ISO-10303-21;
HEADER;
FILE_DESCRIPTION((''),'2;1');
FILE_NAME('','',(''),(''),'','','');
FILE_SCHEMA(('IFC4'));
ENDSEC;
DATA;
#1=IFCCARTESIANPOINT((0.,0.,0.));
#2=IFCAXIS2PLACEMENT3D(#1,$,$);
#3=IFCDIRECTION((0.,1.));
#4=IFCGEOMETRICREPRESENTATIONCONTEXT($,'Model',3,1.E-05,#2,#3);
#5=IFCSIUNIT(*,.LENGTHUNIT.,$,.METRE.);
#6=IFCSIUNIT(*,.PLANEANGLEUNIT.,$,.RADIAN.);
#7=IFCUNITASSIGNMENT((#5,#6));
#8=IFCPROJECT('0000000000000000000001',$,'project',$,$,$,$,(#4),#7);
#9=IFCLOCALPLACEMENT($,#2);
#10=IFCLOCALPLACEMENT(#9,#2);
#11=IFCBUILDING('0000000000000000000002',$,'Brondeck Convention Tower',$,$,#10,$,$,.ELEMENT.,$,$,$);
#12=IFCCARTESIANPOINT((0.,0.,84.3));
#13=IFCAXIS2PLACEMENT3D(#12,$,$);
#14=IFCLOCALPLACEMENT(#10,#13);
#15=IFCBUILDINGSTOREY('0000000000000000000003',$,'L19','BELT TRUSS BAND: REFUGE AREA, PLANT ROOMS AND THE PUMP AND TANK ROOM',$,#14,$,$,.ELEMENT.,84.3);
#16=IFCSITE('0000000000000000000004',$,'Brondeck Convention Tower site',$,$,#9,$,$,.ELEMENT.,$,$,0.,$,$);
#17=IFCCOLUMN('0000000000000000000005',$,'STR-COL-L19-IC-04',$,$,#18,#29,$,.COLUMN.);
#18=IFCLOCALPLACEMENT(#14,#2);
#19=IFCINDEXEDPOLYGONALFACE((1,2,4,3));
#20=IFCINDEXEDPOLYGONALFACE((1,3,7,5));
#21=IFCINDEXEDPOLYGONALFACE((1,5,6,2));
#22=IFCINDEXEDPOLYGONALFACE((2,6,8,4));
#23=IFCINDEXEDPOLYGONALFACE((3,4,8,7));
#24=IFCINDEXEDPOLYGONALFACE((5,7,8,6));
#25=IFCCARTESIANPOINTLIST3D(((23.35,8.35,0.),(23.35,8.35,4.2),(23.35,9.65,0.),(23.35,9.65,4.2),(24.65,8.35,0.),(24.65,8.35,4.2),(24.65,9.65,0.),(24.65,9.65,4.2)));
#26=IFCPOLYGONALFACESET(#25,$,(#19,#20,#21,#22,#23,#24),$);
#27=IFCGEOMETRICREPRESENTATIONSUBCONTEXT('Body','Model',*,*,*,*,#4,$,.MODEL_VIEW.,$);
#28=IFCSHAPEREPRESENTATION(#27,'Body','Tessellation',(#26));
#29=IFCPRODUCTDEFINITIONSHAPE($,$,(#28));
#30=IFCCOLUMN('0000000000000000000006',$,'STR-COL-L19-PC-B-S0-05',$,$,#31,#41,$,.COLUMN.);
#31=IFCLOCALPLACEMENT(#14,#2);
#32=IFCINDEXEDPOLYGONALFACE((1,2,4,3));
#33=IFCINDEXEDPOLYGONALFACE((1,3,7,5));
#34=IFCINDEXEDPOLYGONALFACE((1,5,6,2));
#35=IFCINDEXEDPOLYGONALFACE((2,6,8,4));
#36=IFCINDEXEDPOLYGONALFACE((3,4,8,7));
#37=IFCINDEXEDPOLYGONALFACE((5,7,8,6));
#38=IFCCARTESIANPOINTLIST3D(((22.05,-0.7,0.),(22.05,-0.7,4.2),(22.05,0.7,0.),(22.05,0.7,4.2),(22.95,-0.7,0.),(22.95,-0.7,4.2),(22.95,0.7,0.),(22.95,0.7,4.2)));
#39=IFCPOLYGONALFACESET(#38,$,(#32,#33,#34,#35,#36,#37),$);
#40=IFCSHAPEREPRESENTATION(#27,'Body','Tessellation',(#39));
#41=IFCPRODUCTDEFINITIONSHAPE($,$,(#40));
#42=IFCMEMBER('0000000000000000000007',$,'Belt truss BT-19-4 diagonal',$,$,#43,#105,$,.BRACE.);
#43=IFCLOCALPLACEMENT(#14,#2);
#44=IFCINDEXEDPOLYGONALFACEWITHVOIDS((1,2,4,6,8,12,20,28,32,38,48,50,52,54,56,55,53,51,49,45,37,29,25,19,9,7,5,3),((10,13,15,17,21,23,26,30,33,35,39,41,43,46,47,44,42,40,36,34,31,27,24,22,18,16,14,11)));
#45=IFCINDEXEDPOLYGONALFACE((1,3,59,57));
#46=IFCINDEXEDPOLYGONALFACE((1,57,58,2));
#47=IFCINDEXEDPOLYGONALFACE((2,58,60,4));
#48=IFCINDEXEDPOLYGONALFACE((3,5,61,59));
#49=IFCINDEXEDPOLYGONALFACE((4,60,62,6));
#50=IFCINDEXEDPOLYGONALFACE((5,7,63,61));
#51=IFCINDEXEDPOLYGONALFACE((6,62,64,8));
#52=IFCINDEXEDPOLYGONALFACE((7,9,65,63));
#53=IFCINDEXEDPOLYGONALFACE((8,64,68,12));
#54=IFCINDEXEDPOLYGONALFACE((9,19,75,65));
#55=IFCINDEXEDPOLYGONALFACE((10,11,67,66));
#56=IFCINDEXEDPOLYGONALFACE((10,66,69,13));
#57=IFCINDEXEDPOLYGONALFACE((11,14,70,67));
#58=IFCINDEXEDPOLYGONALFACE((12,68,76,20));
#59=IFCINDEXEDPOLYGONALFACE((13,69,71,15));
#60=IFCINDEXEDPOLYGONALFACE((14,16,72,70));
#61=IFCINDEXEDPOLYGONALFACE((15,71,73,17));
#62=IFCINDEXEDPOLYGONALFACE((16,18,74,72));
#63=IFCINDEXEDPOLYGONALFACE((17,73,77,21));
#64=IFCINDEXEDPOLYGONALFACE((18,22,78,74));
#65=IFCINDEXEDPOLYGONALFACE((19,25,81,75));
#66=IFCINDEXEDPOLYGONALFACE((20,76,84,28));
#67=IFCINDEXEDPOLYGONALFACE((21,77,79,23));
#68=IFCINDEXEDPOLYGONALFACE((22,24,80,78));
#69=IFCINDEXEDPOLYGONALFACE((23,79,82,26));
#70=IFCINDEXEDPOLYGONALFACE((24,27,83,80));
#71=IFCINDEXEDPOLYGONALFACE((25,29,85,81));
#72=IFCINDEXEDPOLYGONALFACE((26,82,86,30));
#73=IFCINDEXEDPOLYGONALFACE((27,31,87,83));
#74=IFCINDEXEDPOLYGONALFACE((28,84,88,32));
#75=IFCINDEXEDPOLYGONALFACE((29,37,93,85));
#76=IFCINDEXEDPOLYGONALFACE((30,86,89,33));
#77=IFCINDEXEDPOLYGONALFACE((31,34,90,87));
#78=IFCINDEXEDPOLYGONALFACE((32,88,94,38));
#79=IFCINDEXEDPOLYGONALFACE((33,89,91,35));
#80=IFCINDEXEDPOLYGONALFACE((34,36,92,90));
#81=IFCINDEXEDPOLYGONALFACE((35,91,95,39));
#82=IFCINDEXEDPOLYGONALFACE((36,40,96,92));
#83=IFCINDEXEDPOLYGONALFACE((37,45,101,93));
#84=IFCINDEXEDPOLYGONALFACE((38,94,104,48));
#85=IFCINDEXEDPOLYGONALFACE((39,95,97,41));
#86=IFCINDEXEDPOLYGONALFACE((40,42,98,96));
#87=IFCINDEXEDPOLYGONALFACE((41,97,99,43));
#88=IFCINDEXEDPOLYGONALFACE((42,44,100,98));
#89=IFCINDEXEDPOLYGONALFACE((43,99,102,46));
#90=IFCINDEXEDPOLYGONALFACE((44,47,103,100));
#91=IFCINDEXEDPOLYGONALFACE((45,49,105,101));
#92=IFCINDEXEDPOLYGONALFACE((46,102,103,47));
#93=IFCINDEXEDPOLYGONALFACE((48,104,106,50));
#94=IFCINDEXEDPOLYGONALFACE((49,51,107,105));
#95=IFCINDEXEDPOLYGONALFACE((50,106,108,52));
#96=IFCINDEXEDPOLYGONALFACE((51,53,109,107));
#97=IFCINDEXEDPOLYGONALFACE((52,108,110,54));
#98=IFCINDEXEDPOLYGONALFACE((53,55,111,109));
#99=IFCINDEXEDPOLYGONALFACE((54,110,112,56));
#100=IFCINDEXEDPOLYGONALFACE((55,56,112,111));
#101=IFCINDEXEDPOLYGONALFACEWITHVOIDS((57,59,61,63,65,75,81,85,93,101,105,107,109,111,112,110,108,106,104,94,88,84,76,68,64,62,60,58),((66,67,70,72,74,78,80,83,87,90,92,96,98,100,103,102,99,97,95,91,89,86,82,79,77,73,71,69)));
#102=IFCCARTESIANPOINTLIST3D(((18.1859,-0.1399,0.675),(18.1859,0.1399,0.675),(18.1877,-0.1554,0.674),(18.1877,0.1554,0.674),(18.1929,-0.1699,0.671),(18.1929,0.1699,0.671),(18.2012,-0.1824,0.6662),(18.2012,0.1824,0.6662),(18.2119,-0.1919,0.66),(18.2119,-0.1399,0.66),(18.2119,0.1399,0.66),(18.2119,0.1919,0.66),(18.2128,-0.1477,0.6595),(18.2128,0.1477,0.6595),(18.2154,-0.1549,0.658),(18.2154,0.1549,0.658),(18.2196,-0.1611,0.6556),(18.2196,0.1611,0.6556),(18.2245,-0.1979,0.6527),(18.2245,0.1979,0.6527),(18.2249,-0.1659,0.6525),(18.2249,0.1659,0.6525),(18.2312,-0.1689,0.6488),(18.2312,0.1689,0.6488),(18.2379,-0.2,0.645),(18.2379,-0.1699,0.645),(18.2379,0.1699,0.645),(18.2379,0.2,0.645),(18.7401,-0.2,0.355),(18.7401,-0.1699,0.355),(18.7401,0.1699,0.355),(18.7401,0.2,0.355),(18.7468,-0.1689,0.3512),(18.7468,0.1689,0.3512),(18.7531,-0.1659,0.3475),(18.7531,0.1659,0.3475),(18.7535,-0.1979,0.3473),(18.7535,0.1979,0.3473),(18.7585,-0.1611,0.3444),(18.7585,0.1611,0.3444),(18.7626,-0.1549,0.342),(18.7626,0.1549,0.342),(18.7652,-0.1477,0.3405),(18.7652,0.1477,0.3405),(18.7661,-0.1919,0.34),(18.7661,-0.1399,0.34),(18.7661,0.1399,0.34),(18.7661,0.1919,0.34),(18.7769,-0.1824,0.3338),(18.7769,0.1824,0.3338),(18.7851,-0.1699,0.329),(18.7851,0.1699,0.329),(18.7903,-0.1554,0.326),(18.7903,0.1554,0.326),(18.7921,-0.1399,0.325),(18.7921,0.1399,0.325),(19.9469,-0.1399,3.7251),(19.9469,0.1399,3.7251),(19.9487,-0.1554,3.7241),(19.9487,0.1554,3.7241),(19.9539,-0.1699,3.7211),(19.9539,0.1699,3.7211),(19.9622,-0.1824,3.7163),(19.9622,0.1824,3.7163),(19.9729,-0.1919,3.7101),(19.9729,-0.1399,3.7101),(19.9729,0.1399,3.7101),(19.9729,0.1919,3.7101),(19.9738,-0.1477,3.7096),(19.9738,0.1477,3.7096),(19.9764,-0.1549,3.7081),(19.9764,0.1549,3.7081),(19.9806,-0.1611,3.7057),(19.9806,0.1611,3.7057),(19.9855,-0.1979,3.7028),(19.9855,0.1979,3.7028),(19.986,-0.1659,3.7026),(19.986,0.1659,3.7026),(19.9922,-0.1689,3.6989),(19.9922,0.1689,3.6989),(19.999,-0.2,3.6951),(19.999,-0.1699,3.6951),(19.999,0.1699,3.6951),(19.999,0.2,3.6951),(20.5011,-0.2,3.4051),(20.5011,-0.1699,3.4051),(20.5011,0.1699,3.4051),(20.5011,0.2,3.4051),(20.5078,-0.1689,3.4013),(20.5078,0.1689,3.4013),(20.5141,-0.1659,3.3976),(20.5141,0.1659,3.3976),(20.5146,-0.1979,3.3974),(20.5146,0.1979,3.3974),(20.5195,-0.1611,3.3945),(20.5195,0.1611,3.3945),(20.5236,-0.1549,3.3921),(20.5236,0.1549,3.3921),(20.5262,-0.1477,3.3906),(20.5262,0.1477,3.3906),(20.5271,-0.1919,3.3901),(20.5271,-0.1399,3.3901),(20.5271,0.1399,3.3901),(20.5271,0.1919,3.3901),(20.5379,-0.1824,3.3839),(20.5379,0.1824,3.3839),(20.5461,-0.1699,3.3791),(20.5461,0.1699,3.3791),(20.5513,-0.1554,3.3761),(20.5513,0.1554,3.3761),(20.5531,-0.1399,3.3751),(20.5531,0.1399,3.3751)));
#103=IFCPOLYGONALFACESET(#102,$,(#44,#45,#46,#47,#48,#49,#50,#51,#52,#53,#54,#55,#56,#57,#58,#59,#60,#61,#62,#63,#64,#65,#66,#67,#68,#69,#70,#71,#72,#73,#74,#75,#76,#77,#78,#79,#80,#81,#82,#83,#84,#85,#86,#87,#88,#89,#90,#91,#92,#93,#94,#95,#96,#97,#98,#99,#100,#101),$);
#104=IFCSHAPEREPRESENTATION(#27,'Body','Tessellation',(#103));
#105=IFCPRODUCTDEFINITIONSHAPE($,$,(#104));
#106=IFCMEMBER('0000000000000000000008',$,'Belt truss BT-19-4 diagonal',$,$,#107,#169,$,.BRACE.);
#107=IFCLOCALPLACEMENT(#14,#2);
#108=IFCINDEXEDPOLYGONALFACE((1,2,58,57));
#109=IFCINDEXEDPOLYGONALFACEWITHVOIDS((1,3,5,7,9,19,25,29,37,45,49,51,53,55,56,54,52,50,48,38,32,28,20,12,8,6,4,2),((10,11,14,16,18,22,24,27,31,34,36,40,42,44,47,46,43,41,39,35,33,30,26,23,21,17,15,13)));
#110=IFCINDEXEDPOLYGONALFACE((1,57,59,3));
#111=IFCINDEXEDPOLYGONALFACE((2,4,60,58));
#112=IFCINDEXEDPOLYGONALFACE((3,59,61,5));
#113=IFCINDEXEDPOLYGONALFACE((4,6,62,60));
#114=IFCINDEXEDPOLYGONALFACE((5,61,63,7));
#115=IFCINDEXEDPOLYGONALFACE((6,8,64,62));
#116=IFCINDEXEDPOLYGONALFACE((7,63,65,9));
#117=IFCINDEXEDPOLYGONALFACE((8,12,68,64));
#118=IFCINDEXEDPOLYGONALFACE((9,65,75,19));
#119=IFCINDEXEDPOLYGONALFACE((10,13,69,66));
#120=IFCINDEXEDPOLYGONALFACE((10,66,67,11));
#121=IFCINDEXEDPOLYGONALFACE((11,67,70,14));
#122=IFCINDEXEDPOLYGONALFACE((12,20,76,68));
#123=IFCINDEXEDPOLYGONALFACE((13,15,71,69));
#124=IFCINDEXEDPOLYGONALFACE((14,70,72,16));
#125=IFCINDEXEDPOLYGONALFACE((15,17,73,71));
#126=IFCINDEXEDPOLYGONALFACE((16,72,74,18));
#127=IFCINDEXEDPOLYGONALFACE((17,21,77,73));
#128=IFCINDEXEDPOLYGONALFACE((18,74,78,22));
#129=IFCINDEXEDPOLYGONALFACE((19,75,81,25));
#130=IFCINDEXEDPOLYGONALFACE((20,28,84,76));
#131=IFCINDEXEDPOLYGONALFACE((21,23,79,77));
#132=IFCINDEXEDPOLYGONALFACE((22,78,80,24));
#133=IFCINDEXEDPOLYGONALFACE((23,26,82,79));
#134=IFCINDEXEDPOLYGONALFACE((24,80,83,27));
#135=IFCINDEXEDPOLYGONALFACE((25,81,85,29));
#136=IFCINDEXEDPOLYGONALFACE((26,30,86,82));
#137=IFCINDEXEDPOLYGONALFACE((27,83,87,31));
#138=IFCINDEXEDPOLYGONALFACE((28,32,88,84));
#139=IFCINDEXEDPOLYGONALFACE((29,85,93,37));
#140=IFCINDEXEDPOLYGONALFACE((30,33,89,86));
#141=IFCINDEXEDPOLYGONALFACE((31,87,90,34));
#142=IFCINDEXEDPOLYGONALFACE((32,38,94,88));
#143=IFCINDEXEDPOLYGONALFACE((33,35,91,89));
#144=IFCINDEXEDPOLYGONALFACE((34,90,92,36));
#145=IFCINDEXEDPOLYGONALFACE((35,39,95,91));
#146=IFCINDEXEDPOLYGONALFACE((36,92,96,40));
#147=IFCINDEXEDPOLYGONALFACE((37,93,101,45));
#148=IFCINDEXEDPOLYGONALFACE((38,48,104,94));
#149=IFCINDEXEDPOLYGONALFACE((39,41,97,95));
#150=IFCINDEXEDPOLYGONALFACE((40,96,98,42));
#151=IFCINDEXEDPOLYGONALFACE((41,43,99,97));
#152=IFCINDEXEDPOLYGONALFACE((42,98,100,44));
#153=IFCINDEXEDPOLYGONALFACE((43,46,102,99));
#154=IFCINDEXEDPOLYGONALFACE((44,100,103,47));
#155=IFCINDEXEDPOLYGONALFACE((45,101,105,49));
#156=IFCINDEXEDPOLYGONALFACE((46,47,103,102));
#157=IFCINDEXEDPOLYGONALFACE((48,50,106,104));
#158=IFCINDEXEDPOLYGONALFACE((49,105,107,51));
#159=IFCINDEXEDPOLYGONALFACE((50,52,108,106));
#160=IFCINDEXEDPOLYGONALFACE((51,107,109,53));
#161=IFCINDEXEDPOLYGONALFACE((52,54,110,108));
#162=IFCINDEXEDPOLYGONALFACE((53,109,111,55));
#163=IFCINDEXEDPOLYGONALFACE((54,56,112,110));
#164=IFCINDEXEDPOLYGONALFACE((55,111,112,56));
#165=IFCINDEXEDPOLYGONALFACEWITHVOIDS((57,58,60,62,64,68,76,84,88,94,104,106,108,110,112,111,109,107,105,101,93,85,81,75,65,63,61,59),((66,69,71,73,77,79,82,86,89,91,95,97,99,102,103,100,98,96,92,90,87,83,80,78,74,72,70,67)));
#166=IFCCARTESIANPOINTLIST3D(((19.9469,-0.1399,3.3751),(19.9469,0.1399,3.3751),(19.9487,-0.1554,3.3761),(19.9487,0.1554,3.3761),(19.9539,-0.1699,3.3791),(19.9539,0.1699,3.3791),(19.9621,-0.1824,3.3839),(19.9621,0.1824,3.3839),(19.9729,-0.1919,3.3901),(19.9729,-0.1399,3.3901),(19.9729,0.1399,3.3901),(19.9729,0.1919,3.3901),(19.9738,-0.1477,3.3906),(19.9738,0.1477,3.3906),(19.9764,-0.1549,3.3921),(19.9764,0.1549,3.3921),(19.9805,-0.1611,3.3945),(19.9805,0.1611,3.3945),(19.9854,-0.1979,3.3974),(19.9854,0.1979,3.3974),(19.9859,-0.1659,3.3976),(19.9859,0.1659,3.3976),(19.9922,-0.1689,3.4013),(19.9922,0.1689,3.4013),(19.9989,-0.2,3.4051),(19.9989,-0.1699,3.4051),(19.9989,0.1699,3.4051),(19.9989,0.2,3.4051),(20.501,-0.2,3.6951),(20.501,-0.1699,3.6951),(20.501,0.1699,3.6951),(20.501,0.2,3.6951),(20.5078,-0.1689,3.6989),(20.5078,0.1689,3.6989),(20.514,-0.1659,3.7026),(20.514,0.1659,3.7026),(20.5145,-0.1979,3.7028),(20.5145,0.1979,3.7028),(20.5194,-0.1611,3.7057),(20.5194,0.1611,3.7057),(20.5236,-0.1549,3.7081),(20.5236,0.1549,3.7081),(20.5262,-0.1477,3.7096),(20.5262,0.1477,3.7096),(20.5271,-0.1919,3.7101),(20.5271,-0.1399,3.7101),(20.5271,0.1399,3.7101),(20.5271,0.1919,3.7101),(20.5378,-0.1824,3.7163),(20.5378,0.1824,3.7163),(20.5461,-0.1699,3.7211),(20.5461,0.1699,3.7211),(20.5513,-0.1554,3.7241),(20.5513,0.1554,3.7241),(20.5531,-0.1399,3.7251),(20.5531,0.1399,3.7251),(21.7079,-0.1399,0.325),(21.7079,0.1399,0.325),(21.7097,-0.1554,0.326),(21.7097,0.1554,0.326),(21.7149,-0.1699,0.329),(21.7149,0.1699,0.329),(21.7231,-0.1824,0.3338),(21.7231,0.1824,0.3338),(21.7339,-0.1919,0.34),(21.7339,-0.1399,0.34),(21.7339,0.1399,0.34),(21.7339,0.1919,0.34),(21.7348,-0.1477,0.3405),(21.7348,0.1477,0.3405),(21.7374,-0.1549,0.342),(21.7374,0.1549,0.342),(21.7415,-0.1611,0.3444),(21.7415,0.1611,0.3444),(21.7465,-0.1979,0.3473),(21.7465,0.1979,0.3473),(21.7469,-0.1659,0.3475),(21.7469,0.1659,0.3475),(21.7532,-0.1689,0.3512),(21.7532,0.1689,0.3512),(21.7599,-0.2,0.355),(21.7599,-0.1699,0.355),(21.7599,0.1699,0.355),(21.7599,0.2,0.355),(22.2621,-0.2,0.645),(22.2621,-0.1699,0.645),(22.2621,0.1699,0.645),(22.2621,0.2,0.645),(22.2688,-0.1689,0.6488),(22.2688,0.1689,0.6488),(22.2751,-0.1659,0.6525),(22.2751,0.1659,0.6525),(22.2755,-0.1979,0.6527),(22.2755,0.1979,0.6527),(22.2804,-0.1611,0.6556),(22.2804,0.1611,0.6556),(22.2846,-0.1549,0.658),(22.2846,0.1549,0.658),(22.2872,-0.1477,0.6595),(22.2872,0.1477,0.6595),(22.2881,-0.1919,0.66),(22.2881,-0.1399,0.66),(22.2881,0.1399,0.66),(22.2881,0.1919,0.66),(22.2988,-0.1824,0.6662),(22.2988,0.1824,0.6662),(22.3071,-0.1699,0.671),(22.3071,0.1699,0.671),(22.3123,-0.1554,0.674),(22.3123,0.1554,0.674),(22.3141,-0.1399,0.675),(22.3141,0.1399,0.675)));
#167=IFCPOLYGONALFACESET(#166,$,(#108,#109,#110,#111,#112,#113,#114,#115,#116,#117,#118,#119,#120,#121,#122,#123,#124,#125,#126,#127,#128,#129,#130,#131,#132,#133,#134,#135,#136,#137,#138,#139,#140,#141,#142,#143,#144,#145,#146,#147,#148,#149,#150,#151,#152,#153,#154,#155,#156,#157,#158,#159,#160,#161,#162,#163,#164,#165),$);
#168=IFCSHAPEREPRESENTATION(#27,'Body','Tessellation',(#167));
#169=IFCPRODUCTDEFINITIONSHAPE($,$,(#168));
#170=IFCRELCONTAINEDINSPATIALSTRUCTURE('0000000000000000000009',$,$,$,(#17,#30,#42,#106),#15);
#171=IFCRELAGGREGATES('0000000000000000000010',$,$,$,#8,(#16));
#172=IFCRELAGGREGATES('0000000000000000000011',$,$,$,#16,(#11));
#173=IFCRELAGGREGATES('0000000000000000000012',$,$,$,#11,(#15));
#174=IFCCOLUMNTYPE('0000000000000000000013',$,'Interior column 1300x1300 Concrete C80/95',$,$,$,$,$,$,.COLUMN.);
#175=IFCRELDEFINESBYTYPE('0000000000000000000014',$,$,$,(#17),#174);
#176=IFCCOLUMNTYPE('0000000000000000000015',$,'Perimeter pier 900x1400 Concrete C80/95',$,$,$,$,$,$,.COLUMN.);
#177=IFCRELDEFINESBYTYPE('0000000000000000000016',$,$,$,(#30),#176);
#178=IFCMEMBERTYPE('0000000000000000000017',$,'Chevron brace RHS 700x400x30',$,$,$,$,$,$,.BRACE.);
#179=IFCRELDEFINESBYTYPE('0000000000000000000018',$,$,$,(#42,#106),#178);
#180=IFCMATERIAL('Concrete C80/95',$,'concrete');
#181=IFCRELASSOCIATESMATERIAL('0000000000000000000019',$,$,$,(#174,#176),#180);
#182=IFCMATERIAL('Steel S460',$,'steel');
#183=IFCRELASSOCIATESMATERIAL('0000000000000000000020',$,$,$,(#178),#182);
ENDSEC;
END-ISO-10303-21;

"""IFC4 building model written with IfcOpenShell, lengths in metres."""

from ifc_helpers import new_model, si_unit, direction, frame, origin, origin_2d, place, context, subcontext, project, spatial, rectangle, hollow_rectangle, extrude, material, material_profile, profile_set, type_object, element, save


model = new_model("IFC4")

# Units and contexts
model_context = context("Model", 3, precision=1e-05, world=origin(), true_north=direction((0.0, 1.0)))
body_context = subcontext(model_context, "Body", "Model", "MODEL_VIEW")
ifc_project = project(units=[si_unit("LENGTHUNIT", "METRE"), si_unit("PLANEANGLEUNIT", "RADIAN")], contexts=[model_context])

# Site, building, storey
site_placement = place(None, origin())
site = spatial("IfcSite", under=ifc_project, at=site_placement, Name="Brondeck Convention Tower site", CompositionType="ELEMENT", RefElevation=0.0)
building_placement = place(site_placement, origin())
building = spatial("IfcBuilding", under=site, at=building_placement, Name="Brondeck Convention Tower", CompositionType="ELEMENT")
storey_placement = place(building_placement, frame((0.0, 0.0, 84.3)))
storey = spatial("IfcBuildingStorey", under=building, at=storey_placement, Name="L19", Description="BELT TRUSS BAND: REFUGE AREA, PLANT ROOMS AND THE PUMP AND TANK ROOM", CompositionType="ELEMENT", Elevation=84.3)

# Columns
ifc_material_1 = material(Name="Concrete C80/95", Category="concrete")
ifc_material_profile_1 = material_profile(ifc_material_1, rectangle(XDim=1.3, YDim=1.3, at=origin_2d()), Name="Interior column 1300x1300 Concrete C80/95")
ifc_profile_set_1 = profile_set([ifc_material_profile_1], Name="Concrete C80/95")
column_type_1 = type_object("IfcColumnType", Name="Interior column 1300x1300 Concrete C80/95", PredefinedType="COLUMN", material=ifc_profile_set_1)
column_1_placement = place(storey_placement, frame((24.0, 9.0, 0.0), z_axis=(0.0, 0.0, 1.0), x_axis=(1.0, 0.0, 0.0)))
element("IfcColumn", 1, at=column_1_placement, inside=storey, type_object=column_type_1, Name="STR-COL-L19-IC-04", PredefinedType="COLUMN", context=body_context, shape_type="SweptSolid", body=[
    extrude(rectangle(XDim=1.3, YDim=1.3, at=origin_2d()), origin(), (0.0, 0.0, 1.0), 4.2),
])
ifc_material_profile_2 = material_profile(ifc_material_1, rectangle(XDim=0.8999, YDim=1.3999, at=origin_2d()), Name="Perimeter pier 900x1400 Concrete C80/95")
ifc_profile_set_2 = profile_set([ifc_material_profile_2], Name="Concrete C80/95")
column_type_2 = type_object("IfcColumnType", Name="Perimeter pier 900x1400 Concrete C80/95", PredefinedType="COLUMN", material=ifc_profile_set_2)
column_2_placement = place(storey_placement, frame((22.5, 0.0, 0.0), z_axis=(0.0, 0.0, 1.0), x_axis=(1.0, 0.0, 0.0)))
element("IfcColumn", 2, at=column_2_placement, inside=storey, type_object=column_type_2, Name="STR-COL-L19-PC-B-S0-05", PredefinedType="COLUMN", context=body_context, shape_type="SweptSolid", body=[
    extrude(rectangle(XDim=0.8999, YDim=1.3999, at=origin_2d()), origin(), (0.0, 0.0, 1.0), 4.2),
])

# Members
ifc_material_2 = material(Name="Steel S460", Category="steel")
ifc_material_profile_3 = material_profile(ifc_material_2, hollow_rectangle(XDim=0.3999, YDim=0.7, WallThickness=0.03, InnerFilletRadius=0.03, OuterFilletRadius=0.0601, at=origin_2d()), Name="RHS 700x400x30")
ifc_profile_set_3 = profile_set([ifc_material_profile_3], Name="Steel S460")
member_type_1 = type_object("IfcMemberType", Name="Chevron brace RHS 700x400x30", PredefinedType="BRACE", material=ifc_profile_set_3)
for number, where, z_axis, x_axis, name in (
    (3, (18.489, 0.0, 0.5), (0.500008, 0.0, 0.866021), (0.0, 1.0, 0.0), "Belt truss BT-19-4 diagonal"),
    (4, (22.011, 0.0, 0.5), (-0.500008, 0.0, 0.866021), (0.0, -1.0, 0.0), "Belt truss BT-19-4 diagonal"),
):
    element("IfcMember", number, at=place(storey_placement, frame(where, z_axis=z_axis, x_axis=x_axis)), inside=storey, type_object=member_type_1, Name=name, PredefinedType="BRACE", context=body_context, shape_type="SweptSolid", body=[
        extrude(hollow_rectangle(XDim=0.3999, YDim=0.7, WallThickness=0.03, InnerFilletRadius=0.03, OuterFilletRadius=0.0601, at=origin_2d()), origin(), (0.0, 0.0, 1.0), 3.522),
    ])

save(model, "model.ifc")
